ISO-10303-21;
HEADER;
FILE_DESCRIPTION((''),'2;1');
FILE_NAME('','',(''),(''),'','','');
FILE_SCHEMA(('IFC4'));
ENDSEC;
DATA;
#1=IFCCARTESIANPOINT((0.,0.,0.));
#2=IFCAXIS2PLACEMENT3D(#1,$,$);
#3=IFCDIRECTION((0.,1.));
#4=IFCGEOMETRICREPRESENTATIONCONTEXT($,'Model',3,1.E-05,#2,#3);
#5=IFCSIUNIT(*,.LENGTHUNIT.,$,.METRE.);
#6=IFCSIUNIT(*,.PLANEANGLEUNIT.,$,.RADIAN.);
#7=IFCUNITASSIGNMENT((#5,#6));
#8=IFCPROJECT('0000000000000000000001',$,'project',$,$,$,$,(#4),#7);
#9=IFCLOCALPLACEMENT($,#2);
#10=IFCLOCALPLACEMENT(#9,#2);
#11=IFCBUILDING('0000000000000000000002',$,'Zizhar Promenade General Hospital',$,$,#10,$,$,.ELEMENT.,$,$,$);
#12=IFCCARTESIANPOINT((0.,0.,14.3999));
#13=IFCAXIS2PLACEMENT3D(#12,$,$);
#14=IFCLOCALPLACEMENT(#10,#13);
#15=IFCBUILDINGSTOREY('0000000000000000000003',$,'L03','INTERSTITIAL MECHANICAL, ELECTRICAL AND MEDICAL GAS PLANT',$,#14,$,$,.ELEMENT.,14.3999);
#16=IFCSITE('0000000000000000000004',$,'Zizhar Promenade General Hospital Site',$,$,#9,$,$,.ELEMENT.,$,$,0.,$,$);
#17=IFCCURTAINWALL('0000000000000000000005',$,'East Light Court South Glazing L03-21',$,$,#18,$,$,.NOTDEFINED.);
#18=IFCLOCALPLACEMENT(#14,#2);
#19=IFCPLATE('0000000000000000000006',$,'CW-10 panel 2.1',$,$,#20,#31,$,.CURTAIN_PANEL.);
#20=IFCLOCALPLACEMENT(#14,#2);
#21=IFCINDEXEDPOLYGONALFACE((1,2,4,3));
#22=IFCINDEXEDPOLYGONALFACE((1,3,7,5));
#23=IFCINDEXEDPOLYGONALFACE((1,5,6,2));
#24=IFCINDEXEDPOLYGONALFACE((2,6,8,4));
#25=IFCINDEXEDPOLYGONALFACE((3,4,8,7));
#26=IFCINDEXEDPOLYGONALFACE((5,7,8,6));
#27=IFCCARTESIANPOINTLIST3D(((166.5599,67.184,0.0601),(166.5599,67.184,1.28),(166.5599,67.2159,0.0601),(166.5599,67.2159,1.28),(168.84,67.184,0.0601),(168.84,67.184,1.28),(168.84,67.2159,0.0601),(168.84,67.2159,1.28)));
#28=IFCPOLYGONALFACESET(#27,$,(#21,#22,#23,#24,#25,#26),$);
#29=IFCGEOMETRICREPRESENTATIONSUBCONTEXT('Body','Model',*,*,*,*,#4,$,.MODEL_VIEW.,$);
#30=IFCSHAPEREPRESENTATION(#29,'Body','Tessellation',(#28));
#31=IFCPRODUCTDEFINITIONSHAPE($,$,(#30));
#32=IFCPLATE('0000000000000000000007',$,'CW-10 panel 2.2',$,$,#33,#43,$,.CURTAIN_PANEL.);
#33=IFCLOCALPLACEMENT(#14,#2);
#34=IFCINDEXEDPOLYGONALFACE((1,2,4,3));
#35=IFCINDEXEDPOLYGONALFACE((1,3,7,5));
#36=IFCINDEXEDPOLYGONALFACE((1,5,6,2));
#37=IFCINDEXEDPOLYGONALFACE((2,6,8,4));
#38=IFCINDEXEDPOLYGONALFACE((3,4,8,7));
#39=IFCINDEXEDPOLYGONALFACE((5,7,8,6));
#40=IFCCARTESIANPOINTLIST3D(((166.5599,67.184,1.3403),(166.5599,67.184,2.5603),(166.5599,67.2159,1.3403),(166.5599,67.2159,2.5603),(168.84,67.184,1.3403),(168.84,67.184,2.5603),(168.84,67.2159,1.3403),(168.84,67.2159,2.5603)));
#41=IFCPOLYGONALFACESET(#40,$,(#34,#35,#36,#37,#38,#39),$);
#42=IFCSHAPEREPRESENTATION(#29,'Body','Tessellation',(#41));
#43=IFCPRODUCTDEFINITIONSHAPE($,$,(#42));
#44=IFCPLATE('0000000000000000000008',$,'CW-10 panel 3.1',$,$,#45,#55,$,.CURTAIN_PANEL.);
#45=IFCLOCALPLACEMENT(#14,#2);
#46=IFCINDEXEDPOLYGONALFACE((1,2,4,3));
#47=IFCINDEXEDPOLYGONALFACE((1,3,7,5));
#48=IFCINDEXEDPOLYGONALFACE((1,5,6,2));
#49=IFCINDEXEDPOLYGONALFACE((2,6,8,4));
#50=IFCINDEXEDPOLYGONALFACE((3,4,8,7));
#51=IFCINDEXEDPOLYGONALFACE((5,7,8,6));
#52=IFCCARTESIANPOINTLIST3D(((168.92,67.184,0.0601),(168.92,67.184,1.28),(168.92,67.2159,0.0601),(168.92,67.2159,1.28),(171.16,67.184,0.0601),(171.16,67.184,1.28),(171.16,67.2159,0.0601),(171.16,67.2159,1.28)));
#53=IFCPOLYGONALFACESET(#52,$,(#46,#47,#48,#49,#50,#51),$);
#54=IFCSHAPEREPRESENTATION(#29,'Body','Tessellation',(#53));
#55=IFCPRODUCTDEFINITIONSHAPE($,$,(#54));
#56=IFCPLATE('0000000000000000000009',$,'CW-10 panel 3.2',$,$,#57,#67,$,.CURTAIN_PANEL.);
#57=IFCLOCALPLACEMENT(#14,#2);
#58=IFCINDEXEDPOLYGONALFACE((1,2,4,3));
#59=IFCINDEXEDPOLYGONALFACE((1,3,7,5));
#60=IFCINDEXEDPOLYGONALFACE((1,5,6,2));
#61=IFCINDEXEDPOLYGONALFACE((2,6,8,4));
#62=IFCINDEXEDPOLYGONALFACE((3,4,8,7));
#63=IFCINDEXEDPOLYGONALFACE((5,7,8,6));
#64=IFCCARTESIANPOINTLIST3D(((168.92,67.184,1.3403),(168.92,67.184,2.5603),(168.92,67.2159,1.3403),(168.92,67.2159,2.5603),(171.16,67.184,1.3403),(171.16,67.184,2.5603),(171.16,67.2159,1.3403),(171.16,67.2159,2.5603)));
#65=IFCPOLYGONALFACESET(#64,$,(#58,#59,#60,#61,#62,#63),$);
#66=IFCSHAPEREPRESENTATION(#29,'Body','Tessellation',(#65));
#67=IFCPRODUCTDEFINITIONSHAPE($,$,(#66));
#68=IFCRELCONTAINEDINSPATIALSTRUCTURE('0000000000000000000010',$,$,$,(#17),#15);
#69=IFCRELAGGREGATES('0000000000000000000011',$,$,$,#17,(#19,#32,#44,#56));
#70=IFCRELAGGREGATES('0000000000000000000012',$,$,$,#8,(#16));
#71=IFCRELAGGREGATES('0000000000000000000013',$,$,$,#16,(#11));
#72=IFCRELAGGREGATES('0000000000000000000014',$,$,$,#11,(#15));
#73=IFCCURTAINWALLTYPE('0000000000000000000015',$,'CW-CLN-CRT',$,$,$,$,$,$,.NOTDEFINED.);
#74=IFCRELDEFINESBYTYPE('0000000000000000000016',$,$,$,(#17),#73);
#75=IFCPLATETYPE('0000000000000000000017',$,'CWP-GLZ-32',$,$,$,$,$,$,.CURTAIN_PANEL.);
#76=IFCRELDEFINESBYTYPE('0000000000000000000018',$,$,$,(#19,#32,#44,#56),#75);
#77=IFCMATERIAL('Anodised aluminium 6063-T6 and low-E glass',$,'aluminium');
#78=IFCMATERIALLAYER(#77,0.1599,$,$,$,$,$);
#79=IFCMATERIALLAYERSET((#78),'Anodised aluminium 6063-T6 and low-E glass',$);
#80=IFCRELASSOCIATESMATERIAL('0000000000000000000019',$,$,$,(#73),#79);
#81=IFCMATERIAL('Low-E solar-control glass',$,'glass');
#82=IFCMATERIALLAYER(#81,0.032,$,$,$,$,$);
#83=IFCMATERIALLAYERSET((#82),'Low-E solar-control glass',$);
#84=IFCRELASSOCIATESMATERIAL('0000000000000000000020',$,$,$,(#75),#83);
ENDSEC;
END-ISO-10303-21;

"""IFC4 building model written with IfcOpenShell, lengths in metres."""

from ifc_helpers import new_model, si_unit, direction, frame, origin, origin_2d, place, context, subcontext, project, spatial, rectangle, extrude, material, layer, layer_set, type_object, element, aggregate, save


model = new_model("IFC4")

# Units and contexts
model_context = context("Model", 3, precision=1e-05, world=origin(), true_north=direction((0.0, 1.0)))
body_context = subcontext(model_context, "Body", "Model", "MODEL_VIEW")
ifc_project = project(units=[si_unit("LENGTHUNIT", "METRE"), si_unit("PLANEANGLEUNIT", "RADIAN")], contexts=[model_context])

# Site, building, storey
site_placement = place(None, origin())
site = spatial("IfcSite", under=ifc_project, at=site_placement, Name="Zizhar Promenade General Hospital Site", CompositionType="ELEMENT", RefElevation=0.0)
building_placement = place(site_placement, origin())
building = spatial("IfcBuilding", under=site, at=building_placement, Name="Zizhar Promenade General Hospital", CompositionType="ELEMENT")
storey_placement = place(building_placement, frame((0.0, 0.0, 14.3999)))
storey = spatial("IfcBuildingStorey", under=building, at=storey_placement, Name="L03", Description="INTERSTITIAL MECHANICAL, ELECTRICAL AND MEDICAL GAS PLANT", CompositionType="ELEMENT", Elevation=14.3999)

# Curtain wall
ifc_material_1 = material(Name="Anodised aluminium 6063-T6 and low-E glass", Category="aluminium")
ifc_layer_1 = layer(ifc_material_1, 0.1599)
ifc_layer_set_1 = layer_set([ifc_layer_1], Name="Anodised aluminium 6063-T6 and low-E glass")
curtain_wall_type_1 = type_object("IfcCurtainWallType", Name="CW-CLN-CRT", PredefinedType="NOTDEFINED", material=ifc_layer_set_1)
curtain_wall_1_placement = place(storey_placement, origin())
curtain_wall_1 = element("IfcCurtainWall", 1, at=curtain_wall_1_placement, inside=storey, type_object=curtain_wall_type_1, Name="East Light Court South Glazing L03-21", PredefinedType="NOTDEFINED")

# Plates
ifc_material_2 = material(Name="Low-E solar-control glass", Category="glass")
ifc_layer_2 = layer(ifc_material_2, 0.032)
ifc_layer_set_2 = layer_set([ifc_layer_2], Name="Low-E solar-control glass")
plate_type = type_object("IfcPlateType", Name="CWP-GLZ-32", PredefinedType="CURTAIN_PANEL", material=ifc_layer_set_2)
plate_1_placement = place(storey_placement, frame((167.7, 67.2, 0.0601), z_axis=(0.0, 0.0, 1.0), x_axis=(1.0, 0.0, 0.0)))
plate_1 = element("IfcPlate", 2, at=plate_1_placement, type_object=plate_type, Name="CW-10 panel 2.1", PredefinedType="CURTAIN_PANEL", context=body_context, shape_type="SweptSolid", body=[
    extrude(rectangle(XDim=2.28, YDim=0.032, at=origin_2d()), origin(), (0.0, 0.0, 1.0), 1.22),
])
plate_2_placement = place(storey_placement, frame((167.7, 67.2, 1.3403), z_axis=(0.0, 0.0, 1.0), x_axis=(1.0, 0.0, 0.0)))
plate_2 = element("IfcPlate", 3, at=plate_2_placement, type_object=plate_type, Name="CW-10 panel 2.2", PredefinedType="CURTAIN_PANEL", context=body_context, shape_type="SweptSolid", body=[
    extrude(rectangle(XDim=2.28, YDim=0.032, at=origin_2d()), origin(), (0.0, 0.0, 1.0), 1.22),
])
plate_3_placement = place(storey_placement, frame((170.04, 67.2, 0.0601), z_axis=(0.0, 0.0, 1.0), x_axis=(1.0, 0.0, 0.0)))
plate_3 = element("IfcPlate", 4, at=plate_3_placement, type_object=plate_type, Name="CW-10 panel 3.1", PredefinedType="CURTAIN_PANEL", context=body_context, shape_type="SweptSolid", body=[
    extrude(rectangle(XDim=2.24, YDim=0.032, at=origin_2d()), origin(), (0.0, 0.0, 1.0), 1.22),
])
plate_4_placement = place(storey_placement, frame((170.04, 67.2, 1.3403), z_axis=(0.0, 0.0, 1.0), x_axis=(1.0, 0.0, 0.0)))
plate_4 = element("IfcPlate", 5, at=plate_4_placement, type_object=plate_type, Name="CW-10 panel 3.2", PredefinedType="CURTAIN_PANEL", context=body_context, shape_type="SweptSolid", body=[
    extrude(rectangle(XDim=2.24, YDim=0.032, at=origin_2d()), origin(), (0.0, 0.0, 1.0), 1.22),
])
aggregate(curtain_wall_1, [plate_1, plate_2, plate_3, plate_4])

save(model, "model.ifc")
